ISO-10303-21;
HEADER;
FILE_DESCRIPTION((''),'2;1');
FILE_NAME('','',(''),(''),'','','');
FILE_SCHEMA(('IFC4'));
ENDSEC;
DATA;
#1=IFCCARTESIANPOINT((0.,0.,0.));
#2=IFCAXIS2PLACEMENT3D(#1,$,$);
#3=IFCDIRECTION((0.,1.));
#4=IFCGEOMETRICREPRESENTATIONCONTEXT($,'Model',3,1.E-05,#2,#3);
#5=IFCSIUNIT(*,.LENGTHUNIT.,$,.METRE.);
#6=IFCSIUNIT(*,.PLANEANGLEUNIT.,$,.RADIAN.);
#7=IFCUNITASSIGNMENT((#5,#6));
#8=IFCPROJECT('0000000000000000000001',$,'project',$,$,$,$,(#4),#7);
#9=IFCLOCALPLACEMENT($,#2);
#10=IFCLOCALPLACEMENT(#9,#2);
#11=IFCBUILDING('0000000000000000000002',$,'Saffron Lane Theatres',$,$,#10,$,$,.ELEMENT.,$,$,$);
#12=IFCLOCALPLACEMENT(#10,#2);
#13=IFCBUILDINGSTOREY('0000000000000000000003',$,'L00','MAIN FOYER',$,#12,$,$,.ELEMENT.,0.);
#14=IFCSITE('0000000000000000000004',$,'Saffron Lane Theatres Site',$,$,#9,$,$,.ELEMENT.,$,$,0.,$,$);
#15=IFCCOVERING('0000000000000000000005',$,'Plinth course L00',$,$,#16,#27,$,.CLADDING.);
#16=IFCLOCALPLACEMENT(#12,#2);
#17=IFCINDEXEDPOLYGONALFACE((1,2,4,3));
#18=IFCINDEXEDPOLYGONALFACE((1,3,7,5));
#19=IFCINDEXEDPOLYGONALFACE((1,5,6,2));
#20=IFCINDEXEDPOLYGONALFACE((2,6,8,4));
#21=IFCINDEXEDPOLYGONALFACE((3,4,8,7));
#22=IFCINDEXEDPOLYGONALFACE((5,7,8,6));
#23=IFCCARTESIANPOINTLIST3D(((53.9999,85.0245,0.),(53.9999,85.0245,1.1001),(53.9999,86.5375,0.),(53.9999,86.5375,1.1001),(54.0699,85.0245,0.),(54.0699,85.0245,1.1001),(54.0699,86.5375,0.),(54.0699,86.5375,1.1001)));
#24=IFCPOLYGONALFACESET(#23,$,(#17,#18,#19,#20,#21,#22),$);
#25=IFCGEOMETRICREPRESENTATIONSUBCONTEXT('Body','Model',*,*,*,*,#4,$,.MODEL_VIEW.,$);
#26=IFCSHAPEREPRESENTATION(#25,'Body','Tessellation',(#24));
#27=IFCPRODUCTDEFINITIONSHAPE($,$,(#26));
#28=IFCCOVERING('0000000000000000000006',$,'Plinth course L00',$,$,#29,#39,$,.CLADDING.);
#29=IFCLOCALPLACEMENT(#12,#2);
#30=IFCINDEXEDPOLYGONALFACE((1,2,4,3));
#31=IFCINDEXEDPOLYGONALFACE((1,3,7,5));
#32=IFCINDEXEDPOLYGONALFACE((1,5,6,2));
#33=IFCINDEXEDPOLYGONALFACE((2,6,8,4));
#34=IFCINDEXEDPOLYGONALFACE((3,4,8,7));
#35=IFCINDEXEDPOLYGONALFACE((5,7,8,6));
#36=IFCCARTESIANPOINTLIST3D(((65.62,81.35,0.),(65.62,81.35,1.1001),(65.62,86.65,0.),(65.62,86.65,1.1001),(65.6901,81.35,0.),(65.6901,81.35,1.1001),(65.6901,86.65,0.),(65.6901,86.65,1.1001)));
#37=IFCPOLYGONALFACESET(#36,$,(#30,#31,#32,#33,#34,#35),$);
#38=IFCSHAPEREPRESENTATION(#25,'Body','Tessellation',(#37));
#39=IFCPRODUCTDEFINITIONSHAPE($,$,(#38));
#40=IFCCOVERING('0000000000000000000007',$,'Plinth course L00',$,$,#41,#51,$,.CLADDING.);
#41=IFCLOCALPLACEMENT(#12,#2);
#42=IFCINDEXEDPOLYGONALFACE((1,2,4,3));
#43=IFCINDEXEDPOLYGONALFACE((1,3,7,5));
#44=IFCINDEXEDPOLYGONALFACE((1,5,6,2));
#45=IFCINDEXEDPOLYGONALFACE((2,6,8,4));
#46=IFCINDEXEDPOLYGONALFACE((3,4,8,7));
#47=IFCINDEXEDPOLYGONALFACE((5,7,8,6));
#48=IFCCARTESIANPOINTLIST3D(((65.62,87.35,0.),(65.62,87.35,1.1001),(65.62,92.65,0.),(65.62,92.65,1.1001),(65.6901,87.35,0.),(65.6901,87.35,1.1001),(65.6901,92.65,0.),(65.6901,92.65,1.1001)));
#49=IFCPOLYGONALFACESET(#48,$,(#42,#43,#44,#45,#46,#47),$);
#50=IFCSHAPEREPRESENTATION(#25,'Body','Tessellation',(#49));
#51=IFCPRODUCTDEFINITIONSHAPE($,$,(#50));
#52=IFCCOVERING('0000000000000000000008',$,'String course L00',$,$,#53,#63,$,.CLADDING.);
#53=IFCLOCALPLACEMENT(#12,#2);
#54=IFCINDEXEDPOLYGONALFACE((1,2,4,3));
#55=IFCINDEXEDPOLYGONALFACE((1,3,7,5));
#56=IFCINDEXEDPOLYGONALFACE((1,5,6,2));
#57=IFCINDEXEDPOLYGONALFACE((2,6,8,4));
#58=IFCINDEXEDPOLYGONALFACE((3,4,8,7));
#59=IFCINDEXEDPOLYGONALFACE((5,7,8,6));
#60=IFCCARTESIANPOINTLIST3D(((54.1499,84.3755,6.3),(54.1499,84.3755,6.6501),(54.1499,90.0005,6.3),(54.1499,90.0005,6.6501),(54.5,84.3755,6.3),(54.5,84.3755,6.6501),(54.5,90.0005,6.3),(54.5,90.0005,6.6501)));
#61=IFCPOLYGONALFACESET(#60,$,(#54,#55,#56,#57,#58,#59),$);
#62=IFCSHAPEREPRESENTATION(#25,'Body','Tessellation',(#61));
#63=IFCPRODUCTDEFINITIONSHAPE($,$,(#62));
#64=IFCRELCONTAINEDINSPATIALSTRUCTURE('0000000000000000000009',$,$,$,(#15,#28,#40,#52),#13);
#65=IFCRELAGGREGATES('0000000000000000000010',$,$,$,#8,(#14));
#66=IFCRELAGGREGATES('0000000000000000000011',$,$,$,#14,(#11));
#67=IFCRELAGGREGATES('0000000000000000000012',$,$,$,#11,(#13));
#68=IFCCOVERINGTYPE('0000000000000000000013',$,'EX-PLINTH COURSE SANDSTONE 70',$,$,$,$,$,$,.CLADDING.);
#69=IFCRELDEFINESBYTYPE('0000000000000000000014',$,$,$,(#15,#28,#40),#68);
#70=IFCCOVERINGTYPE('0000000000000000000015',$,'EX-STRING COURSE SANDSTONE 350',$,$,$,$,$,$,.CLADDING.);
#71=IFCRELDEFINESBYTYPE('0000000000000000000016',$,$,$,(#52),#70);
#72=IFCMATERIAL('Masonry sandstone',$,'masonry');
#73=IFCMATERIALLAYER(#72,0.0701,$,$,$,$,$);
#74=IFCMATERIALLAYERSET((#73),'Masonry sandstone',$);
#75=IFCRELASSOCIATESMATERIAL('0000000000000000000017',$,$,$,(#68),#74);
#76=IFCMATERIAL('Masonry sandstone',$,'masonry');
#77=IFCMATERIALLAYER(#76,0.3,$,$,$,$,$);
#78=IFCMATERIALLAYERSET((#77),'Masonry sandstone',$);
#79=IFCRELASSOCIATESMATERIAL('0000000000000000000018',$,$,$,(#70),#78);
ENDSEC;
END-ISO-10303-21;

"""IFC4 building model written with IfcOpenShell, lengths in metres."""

from ifc_helpers import new_model, si_unit, direction, frame, origin, origin_2d, place, context, subcontext, project, spatial, rectangle, extrude, material, layer, layer_set, type_object, element, save


model = new_model("IFC4")

# Units and contexts
model_context = context("Model", 3, precision=1e-05, world=origin(), true_north=direction((0.0, 1.0)))
body_context = subcontext(model_context, "Body", "Model", "MODEL_VIEW")
ifc_project = project(units=[si_unit("LENGTHUNIT", "METRE"), si_unit("PLANEANGLEUNIT", "RADIAN")], contexts=[model_context])

# Site, building, storey
site_placement = place(None, origin())
site = spatial("IfcSite", under=ifc_project, at=site_placement, Name="Saffron Lane Theatres Site", CompositionType="ELEMENT", RefElevation=0.0)
building_placement = place(site_placement, origin())
building = spatial("IfcBuilding", under=site, at=building_placement, Name="Saffron Lane Theatres", CompositionType="ELEMENT")
storey_placement = place(building_placement, origin())
storey = spatial("IfcBuildingStorey", under=building, at=storey_placement, Name="L00", Description="MAIN FOYER", CompositionType="ELEMENT", Elevation=0.0)

# Coverings
ifc_material_1 = material(Name="Masonry sandstone", Category="masonry")
ifc_layer_1 = layer(ifc_material_1, 0.0701)
ifc_layer_set_1 = layer_set([ifc_layer_1], Name="Masonry sandstone")
covering_type_1 = type_object("IfcCoveringType", Name="EX-PLINTH COURSE SANDSTONE 70", PredefinedType="CLADDING", material=ifc_layer_set_1)
covering_1_placement = place(storey_placement, frame((54.0349, 85.781, 0.0), z_axis=(0.0, 0.0, 1.0), x_axis=(0.0, -1.0, 0.0)))
element("IfcCovering", 1, at=covering_1_placement, inside=storey, type_object=covering_type_1, Name="Plinth course L00", PredefinedType="CLADDING", context=body_context, shape_type="SweptSolid", body=[
    extrude(rectangle(XDim=1.5129, YDim=0.0701, at=origin_2d()), origin(), (0.0, 0.0, 1.0), 1.1001),
])
for number, where, z_axis, x_axis, name in (
    (2, (65.655, 84.0, 0.0), (0.0, 0.0, 1.0), (0.0, 1.0, 0.0), "Plinth course L00"),
    (3, (65.655, 90.0, 0.0), (0.0, 0.0, 1.0), (0.0, 1.0, 0.0), "Plinth course L00"),
):
    element("IfcCovering", number, at=place(storey_placement, frame(where, z_axis=z_axis, x_axis=x_axis)), inside=storey, type_object=covering_type_1, Name=name, PredefinedType="CLADDING", context=body_context, shape_type="SweptSolid", body=[
        extrude(rectangle(XDim=5.3, YDim=0.0701, at=origin_2d()), origin(), (0.0, 0.0, 1.0), 1.1001),
    ])
ifc_material_2 = material(Name="Masonry sandstone", Category="masonry")
ifc_layer_2 = layer(ifc_material_2, 0.3)
ifc_layer_set_2 = layer_set([ifc_layer_2], Name="Masonry sandstone")
covering_type_2 = type_object("IfcCoveringType", Name="EX-STRING COURSE SANDSTONE 350", PredefinedType="CLADDING", material=ifc_layer_set_2)
covering_2_placement = place(storey_placement, frame((54.325, 87.188, 6.3), z_axis=(0.0, 0.0, 1.0), x_axis=(0.0, -1.0, 0.0)))
element("IfcCovering", 4, at=covering_2_placement, inside=storey, type_object=covering_type_2, Name="String course L00", PredefinedType="CLADDING", context=body_context, shape_type="SweptSolid", body=[
    extrude(rectangle(XDim=5.625, YDim=0.3501, at=origin_2d()), origin(), (0.0, 0.0, 1.0), 0.3501),
])

save(model, "model.ifc")
